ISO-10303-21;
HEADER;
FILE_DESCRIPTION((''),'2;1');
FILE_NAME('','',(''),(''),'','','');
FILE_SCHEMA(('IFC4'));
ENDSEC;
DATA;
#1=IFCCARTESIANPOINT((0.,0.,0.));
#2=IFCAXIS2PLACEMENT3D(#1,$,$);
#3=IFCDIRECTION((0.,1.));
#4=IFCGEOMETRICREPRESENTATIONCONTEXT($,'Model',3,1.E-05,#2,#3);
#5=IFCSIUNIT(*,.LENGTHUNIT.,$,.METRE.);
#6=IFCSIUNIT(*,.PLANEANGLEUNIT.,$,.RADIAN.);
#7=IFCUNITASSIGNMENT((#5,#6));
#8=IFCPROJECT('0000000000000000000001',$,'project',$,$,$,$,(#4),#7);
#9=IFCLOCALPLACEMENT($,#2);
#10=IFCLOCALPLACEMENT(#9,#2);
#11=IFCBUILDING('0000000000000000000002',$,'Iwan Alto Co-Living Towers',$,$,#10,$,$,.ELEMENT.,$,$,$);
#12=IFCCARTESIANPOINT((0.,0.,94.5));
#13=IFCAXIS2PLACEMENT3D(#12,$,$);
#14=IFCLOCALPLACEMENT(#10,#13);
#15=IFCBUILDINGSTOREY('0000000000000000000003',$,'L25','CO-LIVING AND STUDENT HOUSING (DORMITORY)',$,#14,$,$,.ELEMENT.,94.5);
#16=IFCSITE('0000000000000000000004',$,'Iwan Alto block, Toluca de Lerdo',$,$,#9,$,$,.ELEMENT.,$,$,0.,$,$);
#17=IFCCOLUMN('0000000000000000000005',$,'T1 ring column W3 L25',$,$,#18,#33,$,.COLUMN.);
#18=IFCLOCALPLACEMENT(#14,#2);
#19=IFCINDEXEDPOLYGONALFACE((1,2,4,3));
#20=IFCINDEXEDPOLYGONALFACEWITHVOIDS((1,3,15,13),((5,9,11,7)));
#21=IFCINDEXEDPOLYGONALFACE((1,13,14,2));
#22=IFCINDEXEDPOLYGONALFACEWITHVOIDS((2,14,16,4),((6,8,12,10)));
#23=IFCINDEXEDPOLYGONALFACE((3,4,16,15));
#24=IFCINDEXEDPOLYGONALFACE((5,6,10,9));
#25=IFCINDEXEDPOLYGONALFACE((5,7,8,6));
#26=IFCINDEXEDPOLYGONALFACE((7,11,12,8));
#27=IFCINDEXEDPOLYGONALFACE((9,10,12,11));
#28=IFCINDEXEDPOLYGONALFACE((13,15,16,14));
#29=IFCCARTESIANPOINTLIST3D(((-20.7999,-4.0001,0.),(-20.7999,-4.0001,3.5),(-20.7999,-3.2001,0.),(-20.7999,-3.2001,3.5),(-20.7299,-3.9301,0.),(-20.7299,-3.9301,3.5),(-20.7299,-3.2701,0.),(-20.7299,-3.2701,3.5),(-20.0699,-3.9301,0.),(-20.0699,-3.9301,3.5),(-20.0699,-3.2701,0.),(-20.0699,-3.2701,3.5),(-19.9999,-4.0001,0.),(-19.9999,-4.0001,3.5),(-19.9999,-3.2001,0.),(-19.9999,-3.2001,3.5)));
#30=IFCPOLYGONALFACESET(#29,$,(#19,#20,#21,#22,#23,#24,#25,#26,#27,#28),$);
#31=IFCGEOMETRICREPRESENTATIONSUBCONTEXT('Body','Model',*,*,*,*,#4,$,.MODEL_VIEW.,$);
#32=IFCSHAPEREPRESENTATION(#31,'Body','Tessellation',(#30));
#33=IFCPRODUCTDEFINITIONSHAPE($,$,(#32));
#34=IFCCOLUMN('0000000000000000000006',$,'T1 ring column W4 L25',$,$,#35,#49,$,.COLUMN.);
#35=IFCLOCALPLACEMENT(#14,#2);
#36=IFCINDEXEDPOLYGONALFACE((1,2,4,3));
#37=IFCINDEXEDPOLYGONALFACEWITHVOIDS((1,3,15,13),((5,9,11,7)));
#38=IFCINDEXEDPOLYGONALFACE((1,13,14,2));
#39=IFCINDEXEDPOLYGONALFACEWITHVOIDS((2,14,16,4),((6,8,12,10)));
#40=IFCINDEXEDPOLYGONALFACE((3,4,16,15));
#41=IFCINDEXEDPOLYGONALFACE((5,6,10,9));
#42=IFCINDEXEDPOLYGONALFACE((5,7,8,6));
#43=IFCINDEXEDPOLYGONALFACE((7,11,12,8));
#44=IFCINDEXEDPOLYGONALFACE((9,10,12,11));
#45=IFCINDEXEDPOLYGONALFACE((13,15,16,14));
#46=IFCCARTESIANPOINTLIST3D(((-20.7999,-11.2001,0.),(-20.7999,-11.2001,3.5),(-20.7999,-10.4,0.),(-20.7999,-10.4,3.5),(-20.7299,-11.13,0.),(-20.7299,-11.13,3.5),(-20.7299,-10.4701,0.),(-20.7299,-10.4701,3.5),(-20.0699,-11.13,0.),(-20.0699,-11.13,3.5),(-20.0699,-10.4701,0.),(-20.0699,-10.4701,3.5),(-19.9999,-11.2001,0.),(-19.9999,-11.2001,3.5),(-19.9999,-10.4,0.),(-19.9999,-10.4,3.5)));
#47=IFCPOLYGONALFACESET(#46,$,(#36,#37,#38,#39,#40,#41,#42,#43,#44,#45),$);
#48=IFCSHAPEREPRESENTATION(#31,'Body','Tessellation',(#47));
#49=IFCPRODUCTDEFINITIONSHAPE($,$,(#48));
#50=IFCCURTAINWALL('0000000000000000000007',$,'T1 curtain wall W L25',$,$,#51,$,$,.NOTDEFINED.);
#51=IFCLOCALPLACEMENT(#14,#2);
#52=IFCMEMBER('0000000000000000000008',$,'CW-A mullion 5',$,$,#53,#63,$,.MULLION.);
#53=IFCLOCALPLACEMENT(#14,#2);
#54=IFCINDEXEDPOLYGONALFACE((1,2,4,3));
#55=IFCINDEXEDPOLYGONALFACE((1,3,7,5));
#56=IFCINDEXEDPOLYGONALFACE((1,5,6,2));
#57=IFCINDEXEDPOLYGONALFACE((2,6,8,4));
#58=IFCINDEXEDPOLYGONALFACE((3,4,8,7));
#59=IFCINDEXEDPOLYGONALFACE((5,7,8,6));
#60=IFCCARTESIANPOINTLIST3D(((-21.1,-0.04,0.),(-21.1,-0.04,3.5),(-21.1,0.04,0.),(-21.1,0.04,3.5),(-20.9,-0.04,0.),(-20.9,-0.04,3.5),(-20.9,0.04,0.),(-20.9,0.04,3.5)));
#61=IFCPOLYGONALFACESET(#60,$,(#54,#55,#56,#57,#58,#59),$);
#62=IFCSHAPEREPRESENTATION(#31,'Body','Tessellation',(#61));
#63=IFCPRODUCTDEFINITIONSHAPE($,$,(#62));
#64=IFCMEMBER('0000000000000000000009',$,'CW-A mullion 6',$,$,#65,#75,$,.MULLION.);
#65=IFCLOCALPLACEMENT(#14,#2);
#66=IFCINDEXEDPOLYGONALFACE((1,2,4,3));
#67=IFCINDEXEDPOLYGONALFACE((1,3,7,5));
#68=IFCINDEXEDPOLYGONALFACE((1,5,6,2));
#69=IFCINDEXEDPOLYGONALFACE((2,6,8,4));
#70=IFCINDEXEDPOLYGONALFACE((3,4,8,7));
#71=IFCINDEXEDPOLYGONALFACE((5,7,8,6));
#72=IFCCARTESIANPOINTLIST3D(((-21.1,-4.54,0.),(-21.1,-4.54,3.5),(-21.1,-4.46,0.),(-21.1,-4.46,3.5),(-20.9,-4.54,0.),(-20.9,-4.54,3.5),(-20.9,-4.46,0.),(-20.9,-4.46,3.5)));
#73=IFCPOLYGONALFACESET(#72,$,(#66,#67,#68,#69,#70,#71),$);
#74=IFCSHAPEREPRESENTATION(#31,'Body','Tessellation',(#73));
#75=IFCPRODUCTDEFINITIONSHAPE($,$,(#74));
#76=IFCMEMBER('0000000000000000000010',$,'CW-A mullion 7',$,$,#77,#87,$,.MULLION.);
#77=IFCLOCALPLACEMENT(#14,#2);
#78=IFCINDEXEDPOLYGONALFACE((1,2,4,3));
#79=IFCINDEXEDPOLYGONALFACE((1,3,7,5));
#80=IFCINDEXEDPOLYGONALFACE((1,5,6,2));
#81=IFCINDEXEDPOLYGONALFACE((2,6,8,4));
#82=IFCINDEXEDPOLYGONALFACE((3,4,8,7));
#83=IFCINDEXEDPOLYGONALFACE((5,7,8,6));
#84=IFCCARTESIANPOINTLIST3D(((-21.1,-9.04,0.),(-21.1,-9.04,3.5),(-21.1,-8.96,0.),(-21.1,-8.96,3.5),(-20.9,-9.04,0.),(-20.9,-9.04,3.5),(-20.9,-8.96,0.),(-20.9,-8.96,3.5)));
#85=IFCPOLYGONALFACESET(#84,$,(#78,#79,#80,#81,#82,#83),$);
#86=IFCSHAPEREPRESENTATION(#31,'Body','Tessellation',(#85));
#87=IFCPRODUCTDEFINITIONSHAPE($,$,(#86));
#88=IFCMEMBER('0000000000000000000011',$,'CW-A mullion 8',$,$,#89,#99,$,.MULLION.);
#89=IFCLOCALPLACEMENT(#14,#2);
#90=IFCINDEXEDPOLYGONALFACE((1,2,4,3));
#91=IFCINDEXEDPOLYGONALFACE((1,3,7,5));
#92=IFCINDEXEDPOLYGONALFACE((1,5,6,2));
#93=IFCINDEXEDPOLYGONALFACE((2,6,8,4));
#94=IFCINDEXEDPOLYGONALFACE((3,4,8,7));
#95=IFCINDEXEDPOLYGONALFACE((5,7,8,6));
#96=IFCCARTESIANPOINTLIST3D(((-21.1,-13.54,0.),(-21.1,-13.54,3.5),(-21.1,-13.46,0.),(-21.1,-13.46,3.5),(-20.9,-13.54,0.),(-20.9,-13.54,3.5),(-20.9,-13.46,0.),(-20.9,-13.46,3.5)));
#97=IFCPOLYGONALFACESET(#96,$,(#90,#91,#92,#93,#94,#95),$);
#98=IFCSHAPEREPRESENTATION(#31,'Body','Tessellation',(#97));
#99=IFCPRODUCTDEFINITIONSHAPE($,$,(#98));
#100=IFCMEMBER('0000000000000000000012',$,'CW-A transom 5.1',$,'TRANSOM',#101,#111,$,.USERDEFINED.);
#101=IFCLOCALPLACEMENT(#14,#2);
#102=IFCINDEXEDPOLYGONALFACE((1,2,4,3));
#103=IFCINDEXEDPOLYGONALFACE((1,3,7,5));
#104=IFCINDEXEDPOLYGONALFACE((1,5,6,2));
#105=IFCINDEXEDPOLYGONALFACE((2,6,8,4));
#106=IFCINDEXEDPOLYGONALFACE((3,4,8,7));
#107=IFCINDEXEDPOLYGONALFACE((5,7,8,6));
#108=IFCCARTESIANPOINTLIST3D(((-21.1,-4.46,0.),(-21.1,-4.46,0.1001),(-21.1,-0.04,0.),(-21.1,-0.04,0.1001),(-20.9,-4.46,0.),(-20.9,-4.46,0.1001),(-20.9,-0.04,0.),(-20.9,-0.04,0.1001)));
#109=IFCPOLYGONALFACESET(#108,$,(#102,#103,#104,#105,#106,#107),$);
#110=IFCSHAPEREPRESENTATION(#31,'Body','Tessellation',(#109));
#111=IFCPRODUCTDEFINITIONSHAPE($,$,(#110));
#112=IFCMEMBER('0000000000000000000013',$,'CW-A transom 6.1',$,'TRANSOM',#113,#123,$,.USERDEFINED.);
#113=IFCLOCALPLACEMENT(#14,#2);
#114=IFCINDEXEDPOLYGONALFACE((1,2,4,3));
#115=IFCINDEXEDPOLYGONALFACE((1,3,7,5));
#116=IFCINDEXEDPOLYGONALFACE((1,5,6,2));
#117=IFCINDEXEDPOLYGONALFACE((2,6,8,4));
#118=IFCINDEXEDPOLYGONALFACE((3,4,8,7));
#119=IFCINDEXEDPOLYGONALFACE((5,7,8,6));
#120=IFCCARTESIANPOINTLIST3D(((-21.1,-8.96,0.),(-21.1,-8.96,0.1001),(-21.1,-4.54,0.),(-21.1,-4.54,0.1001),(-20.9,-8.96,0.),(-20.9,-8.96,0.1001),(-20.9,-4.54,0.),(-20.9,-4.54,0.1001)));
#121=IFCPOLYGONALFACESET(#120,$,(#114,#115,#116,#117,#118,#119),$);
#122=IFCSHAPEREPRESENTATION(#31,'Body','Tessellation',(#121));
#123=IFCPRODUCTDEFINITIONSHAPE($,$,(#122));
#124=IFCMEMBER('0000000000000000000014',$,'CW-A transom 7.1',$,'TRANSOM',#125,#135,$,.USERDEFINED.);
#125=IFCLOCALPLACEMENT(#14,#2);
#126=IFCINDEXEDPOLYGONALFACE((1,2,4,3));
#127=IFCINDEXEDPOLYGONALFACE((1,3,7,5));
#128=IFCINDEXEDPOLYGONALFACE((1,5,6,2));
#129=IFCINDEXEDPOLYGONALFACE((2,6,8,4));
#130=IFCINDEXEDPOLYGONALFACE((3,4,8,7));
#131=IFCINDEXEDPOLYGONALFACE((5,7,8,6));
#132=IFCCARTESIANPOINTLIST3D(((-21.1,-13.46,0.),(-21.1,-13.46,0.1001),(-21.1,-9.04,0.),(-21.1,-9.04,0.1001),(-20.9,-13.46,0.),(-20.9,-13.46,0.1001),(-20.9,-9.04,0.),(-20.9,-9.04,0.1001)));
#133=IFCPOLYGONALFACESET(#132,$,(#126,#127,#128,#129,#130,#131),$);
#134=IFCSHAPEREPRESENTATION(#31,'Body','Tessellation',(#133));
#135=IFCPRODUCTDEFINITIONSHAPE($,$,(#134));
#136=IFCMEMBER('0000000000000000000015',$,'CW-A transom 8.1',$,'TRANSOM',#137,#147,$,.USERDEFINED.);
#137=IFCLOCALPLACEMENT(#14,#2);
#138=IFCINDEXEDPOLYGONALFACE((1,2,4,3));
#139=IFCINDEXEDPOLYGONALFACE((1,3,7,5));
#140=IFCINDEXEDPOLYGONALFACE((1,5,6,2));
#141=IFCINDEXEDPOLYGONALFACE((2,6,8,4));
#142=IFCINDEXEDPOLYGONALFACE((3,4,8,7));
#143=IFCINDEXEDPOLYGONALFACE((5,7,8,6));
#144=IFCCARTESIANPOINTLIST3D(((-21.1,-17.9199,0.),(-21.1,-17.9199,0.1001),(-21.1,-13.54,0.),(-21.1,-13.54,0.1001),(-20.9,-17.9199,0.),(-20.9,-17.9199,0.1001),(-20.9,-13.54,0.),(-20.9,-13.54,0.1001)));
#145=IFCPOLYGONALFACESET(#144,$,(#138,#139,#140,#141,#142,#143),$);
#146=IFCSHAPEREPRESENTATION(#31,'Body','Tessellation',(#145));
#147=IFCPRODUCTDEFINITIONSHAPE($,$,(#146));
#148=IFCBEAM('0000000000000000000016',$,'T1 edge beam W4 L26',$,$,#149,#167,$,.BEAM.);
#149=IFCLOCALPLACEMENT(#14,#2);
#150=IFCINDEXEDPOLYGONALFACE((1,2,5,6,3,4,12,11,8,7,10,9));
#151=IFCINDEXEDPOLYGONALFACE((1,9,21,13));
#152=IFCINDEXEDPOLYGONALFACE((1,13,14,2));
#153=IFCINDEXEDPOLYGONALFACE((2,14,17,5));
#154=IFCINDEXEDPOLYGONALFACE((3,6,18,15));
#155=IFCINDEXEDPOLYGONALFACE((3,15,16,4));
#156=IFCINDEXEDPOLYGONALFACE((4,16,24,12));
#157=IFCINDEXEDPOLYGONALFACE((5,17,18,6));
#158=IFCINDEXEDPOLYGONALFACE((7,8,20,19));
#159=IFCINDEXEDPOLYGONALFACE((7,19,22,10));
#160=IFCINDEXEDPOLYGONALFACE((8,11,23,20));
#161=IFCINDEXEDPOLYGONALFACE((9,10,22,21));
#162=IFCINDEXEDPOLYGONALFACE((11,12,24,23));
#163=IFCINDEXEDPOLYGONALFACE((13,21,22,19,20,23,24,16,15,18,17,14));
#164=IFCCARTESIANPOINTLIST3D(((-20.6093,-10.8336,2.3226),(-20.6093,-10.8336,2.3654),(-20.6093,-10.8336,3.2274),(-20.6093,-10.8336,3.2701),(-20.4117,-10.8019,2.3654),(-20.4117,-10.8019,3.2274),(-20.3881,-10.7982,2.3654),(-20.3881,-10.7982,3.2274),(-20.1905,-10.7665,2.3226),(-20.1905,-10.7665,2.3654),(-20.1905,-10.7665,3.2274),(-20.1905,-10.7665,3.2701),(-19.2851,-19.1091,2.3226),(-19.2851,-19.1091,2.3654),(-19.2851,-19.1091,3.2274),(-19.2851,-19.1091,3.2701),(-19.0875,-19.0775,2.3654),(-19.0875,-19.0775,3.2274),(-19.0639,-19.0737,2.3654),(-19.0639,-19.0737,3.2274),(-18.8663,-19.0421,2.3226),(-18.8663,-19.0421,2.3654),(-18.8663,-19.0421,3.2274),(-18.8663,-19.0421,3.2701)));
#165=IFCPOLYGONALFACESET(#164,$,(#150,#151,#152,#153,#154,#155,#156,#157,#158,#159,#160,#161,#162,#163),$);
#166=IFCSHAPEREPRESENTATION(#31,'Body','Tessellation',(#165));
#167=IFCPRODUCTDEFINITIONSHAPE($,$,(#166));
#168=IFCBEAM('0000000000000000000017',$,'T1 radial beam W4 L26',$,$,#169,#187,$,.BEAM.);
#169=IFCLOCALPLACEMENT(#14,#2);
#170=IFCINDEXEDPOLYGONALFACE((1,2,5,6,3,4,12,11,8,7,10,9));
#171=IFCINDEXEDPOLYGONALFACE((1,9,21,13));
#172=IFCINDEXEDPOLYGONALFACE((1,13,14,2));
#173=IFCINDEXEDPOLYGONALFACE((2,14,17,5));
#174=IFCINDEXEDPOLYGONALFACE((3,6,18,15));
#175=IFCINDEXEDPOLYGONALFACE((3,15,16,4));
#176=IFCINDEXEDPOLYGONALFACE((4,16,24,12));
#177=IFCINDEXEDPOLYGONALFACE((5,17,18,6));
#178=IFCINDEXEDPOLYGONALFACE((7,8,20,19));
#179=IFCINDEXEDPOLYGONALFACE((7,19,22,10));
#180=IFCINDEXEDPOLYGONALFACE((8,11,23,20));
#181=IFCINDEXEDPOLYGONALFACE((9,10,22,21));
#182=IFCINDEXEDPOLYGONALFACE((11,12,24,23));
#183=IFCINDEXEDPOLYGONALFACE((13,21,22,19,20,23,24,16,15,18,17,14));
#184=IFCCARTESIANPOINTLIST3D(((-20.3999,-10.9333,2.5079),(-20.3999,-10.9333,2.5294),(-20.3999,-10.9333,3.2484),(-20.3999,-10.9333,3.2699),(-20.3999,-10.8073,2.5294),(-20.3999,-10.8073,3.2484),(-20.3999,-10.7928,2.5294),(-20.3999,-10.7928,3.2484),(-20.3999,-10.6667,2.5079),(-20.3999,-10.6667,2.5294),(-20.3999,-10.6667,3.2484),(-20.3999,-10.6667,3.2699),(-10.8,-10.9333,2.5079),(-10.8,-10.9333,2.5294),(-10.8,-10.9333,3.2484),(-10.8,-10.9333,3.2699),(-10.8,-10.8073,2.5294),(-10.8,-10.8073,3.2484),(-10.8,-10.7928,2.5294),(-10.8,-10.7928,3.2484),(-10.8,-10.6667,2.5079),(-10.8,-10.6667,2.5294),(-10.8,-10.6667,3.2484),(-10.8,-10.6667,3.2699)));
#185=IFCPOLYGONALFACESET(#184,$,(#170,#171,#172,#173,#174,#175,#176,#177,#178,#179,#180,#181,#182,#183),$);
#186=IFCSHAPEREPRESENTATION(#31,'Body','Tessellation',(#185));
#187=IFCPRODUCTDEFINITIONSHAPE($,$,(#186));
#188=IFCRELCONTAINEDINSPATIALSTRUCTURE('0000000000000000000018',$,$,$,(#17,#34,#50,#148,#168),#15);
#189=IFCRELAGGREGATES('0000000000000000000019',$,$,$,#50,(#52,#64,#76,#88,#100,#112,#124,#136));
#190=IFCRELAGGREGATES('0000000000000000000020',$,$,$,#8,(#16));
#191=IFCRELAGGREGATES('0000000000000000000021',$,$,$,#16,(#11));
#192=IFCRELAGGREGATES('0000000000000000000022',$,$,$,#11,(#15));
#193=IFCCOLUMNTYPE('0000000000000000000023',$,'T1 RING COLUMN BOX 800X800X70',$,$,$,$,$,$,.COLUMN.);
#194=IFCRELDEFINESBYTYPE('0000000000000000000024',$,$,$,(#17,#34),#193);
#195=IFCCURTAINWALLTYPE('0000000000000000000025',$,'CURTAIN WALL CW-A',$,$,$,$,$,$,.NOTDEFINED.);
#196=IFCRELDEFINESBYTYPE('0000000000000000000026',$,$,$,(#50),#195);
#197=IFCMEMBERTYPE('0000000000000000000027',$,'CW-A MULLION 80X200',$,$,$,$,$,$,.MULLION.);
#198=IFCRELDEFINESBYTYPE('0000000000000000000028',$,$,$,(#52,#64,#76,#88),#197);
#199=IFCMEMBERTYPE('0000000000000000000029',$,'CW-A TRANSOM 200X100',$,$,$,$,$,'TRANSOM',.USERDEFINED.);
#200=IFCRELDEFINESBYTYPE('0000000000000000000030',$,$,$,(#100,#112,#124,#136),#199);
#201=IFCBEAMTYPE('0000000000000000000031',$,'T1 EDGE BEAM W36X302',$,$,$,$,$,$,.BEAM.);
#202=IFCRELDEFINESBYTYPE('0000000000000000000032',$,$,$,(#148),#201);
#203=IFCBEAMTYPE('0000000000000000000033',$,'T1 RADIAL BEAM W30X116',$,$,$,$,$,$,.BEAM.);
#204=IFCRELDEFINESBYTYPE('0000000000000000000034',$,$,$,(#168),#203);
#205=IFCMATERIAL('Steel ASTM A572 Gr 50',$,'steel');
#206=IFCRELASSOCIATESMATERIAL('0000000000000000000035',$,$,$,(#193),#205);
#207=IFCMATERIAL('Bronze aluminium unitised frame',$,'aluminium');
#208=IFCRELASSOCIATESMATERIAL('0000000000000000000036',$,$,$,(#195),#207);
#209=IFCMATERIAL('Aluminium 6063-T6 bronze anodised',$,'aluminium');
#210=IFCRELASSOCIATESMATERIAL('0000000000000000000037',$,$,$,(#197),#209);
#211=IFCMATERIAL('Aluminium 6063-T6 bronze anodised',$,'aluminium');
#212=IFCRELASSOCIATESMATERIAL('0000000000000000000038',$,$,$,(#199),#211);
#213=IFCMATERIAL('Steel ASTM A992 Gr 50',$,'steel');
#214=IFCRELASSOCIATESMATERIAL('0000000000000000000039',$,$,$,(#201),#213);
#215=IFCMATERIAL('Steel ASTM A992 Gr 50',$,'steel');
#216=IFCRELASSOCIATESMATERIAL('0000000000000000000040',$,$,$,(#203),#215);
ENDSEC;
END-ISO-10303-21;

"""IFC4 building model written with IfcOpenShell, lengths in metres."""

from ifc_helpers import new_model, si_unit, direction, frame, origin, origin_2d, place, context, subcontext, project, spatial, rectangle, hollow_rectangle, i_section, extrude, material, material_profile, profile_set, type_object, element, aggregate, save


model = new_model("IFC4")

# Units and contexts
model_context = context("Model", 3, precision=1e-05, world=origin(), true_north=direction((0.0, 1.0)))
body_context = subcontext(model_context, "Body", "Model", "MODEL_VIEW")
ifc_project = project(units=[si_unit("LENGTHUNIT", "METRE"), si_unit("PLANEANGLEUNIT", "RADIAN")], contexts=[model_context])

# Site, building, storey
site_placement = place(None, origin())
site = spatial("IfcSite", under=ifc_project, at=site_placement, Name="Iwan Alto block, Toluca de Lerdo", CompositionType="ELEMENT", RefElevation=0.0)
building_placement = place(site_placement, origin())
building = spatial("IfcBuilding", under=site, at=building_placement, Name="Iwan Alto Co-Living Towers", CompositionType="ELEMENT")
storey_placement = place(building_placement, frame((0.0, 0.0, 94.5)))
storey = spatial("IfcBuildingStorey", under=building, at=storey_placement, Name="L25", Description="CO-LIVING AND STUDENT HOUSING (DORMITORY)", CompositionType="ELEMENT", Elevation=94.5)

# Columns
ifc_material_1 = material(Name="Steel ASTM A572 Gr 50", Category="steel")
ifc_material_profile_1 = material_profile(ifc_material_1, hollow_rectangle(XDim=0.8, YDim=0.8, WallThickness=0.0701, at=origin_2d()), Name="BOX 800X800X70")
ifc_profile_set_1 = profile_set([ifc_material_profile_1], Name="Steel ASTM A572 Gr 50")
column_type = type_object("IfcColumnType", Name="T1 RING COLUMN BOX 800X800X70", PredefinedType="COLUMN", material=ifc_profile_set_1)
for number, where, z_axis, x_axis, name in (
    (1, (-20.3999, -3.6001, 0.0), (0.0, 0.0, 1.0), (1.0, 0.0, 0.0), "T1 ring column W3 L25"),
    (2, (-20.3999, -10.8, 0.0), (0.0, 0.0, 1.0), (1.0, 0.0, 0.0), "T1 ring column W4 L25"),
):
    element("IfcColumn", number, at=place(storey_placement, frame(where, z_axis=z_axis, x_axis=x_axis)), inside=storey, type_object=column_type, Name=name, PredefinedType="COLUMN", context=body_context, shape_type="SweptSolid", body=[
        extrude(hollow_rectangle(XDim=0.8, YDim=0.8, WallThickness=0.0701, at=origin_2d()), origin(), (0.0, 0.0, 1.0), 3.5),
    ])

# Curtain wall, members
ifc_material_2 = material(Name="Bronze aluminium unitised frame", Category="aluminium")
curtain_wall_type = type_object("IfcCurtainWallType", Name="CURTAIN WALL CW-A", PredefinedType="NOTDEFINED", material=ifc_material_2)
curtain_wall_placement = place(storey_placement, origin())
curtain_wall = element("IfcCurtainWall", 3, at=curtain_wall_placement, inside=storey, type_object=curtain_wall_type, Name="T1 curtain wall W L25", PredefinedType="NOTDEFINED")
ifc_material_3 = material(Name="Aluminium 6063-T6 bronze anodised", Category="aluminium")
ifc_material_profile_2 = material_profile(ifc_material_3, rectangle(XDim=0.2, YDim=0.0801, at=origin_2d()), Name="AL 80X200")
ifc_profile_set_2 = profile_set([ifc_material_profile_2], Name="Aluminium 6063-T6 bronze anodised")
member_type_1 = type_object("IfcMemberType", Name="CW-A MULLION 80X200", PredefinedType="MULLION", material=ifc_profile_set_2)
member_1_placement = place(storey_placement, frame((-21.0, 0.0, 0.0), z_axis=(0.0, 0.0, 1.0), x_axis=(1.0, 0.0, 0.0)))
member_1 = element("IfcMember", 4, at=member_1_placement, type_object=member_type_1, Name="CW-A mullion 5", PredefinedType="MULLION", context=body_context, shape_type="SweptSolid", body=[
    extrude(rectangle(XDim=0.2, YDim=0.0801, at=origin_2d()), origin(), (0.0, 0.0, 1.0), 3.5),
])
member_2_placement = place(storey_placement, frame((-21.0, -4.5, 0.0), z_axis=(0.0, 0.0, 1.0), x_axis=(1.0, 0.0, 0.0)))
member_2 = element("IfcMember", 5, at=member_2_placement, type_object=member_type_1, Name="CW-A mullion 6", PredefinedType="MULLION", context=body_context, shape_type="SweptSolid", body=[
    extrude(rectangle(XDim=0.2, YDim=0.0801, at=origin_2d()), origin(), (0.0, 0.0, 1.0), 3.5),
])
member_3_placement = place(storey_placement, frame((-21.0, -9.0, 0.0), z_axis=(0.0, 0.0, 1.0), x_axis=(1.0, 0.0, 0.0)))
member_3 = element("IfcMember", 6, at=member_3_placement, type_object=member_type_1, Name="CW-A mullion 7", PredefinedType="MULLION", context=body_context, shape_type="SweptSolid", body=[
    extrude(rectangle(XDim=0.2, YDim=0.0801, at=origin_2d()), origin(), (0.0, 0.0, 1.0), 3.5),
])
member_4_placement = place(storey_placement, frame((-21.0, -13.5, 0.0), z_axis=(0.0, 0.0, 1.0), x_axis=(1.0, 0.0, 0.0)))
member_4 = element("IfcMember", 7, at=member_4_placement, type_object=member_type_1, Name="CW-A mullion 8", PredefinedType="MULLION", context=body_context, shape_type="SweptSolid", body=[
    extrude(rectangle(XDim=0.2, YDim=0.0801, at=origin_2d()), origin(), (0.0, 0.0, 1.0), 3.5),
])
ifc_material_4 = material(Name="Aluminium 6063-T6 bronze anodised", Category="aluminium")
ifc_material_profile_3 = material_profile(ifc_material_4, rectangle(XDim=0.2, YDim=0.1001, at=origin_2d()), Name="AL 200X100")
ifc_profile_set_3 = profile_set([ifc_material_profile_3], Name="Aluminium 6063-T6 bronze anodised")
member_type_2 = type_object("IfcMemberType", Name="CW-A TRANSOM 200X100", ElementType="TRANSOM", PredefinedType="USERDEFINED", material=ifc_profile_set_3)
member_5_placement = place(storey_placement, frame((-21.0, -0.04, 0.05), z_axis=(0.0, -1.0, 0.0), x_axis=(1.0, 0.0, 0.0)))
member_5 = element("IfcMember", 8, at=member_5_placement, type_object=member_type_2, Name="CW-A transom 5.1", ObjectType="TRANSOM", PredefinedType="USERDEFINED", context=body_context, shape_type="SweptSolid", body=[
    extrude(rectangle(XDim=0.2, YDim=0.1001, at=origin_2d()), origin(), (0.0, 0.0, 1.0), 4.4199),
])
member_6_placement = place(storey_placement, frame((-21.0, -4.54, 0.05), z_axis=(0.0, -1.0, 0.0), x_axis=(1.0, 0.0, 0.0)))
member_6 = element("IfcMember", 9, at=member_6_placement, type_object=member_type_2, Name="CW-A transom 6.1", ObjectType="TRANSOM", PredefinedType="USERDEFINED", context=body_context, shape_type="SweptSolid", body=[
    extrude(rectangle(XDim=0.2, YDim=0.1001, at=origin_2d()), origin(), (0.0, 0.0, 1.0), 4.4199),
])
member_7_placement = place(storey_placement, frame((-21.0, -9.04, 0.05), z_axis=(0.0, -1.0, 0.0), x_axis=(1.0, 0.0, 0.0)))
member_7 = element("IfcMember", 10, at=member_7_placement, type_object=member_type_2, Name="CW-A transom 7.1", ObjectType="TRANSOM", PredefinedType="USERDEFINED", context=body_context, shape_type="SweptSolid", body=[
    extrude(rectangle(XDim=0.2, YDim=0.1001, at=origin_2d()), origin(), (0.0, 0.0, 1.0), 4.4199),
])
member_8_placement = place(storey_placement, frame((-21.0, -13.54, 0.05), z_axis=(0.0, -1.0, 0.0), x_axis=(1.0, 0.0, 0.0)))
member_8 = element("IfcMember", 11, at=member_8_placement, type_object=member_type_2, Name="CW-A transom 8.1", ObjectType="TRANSOM", PredefinedType="USERDEFINED", context=body_context, shape_type="SweptSolid", body=[
    extrude(rectangle(XDim=0.2, YDim=0.1001, at=origin_2d()), origin(), (0.0, 0.0, 1.0), 4.3799),
])

# Beams
ifc_material_5 = material(Name="Steel ASTM A992 Gr 50", Category="steel")
ifc_material_profile_4 = material_profile(ifc_material_5, i_section(OverallWidth=0.4241, OverallDepth=0.9475, WebThickness=0.0239, FlangeThickness=0.0427, at=origin_2d()), Name="W36X302")
ifc_profile_set_4 = profile_set([ifc_material_profile_4], Name="Steel ASTM A992 Gr 50")
beam_type_1 = type_object("IfcBeamType", Name="T1 EDGE BEAM W36X302", PredefinedType="BEAM", material=ifc_profile_set_4)
beam_1_placement = place(storey_placement, frame((-20.3999, -10.8, 2.7964), z_axis=(0.158004, -0.987438, 0.0), x_axis=(0.987438, 0.158004, 0.0)))
element("IfcBeam", 12, at=beam_1_placement, inside=storey, type_object=beam_type_1, Name="T1 edge beam W4 L26", PredefinedType="BEAM", context=body_context, shape_type="SweptSolid", body=[
    extrude(i_section(OverallWidth=0.4241, OverallDepth=0.9475, WebThickness=0.0239, FlangeThickness=0.0427, at=origin_2d()), origin(), (0.0, 0.0, 1.0), 8.3809),
])
ifc_material_6 = material(Name="Steel ASTM A992 Gr 50", Category="steel")
ifc_material_profile_5 = material_profile(ifc_material_6, i_section(OverallWidth=0.2666, OverallDepth=0.762, WebThickness=0.0144, FlangeThickness=0.0215, at=origin_2d()), Name="W30X116")
ifc_profile_set_5 = profile_set([ifc_material_profile_5], Name="Steel ASTM A992 Gr 50")
beam_type_2 = type_object("IfcBeamType", Name="T1 RADIAL BEAM W30X116", PredefinedType="BEAM", material=ifc_profile_set_5)
beam_2_placement = place(storey_placement, frame((-20.3999, -10.8, 2.8889), z_axis=(1.0, 0.0, 0.0), x_axis=(0.0, 1.0, 0.0)))
element("IfcBeam", 13, at=beam_2_placement, inside=storey, type_object=beam_type_2, Name="T1 radial beam W4 L26", PredefinedType="BEAM", context=body_context, shape_type="SweptSolid", body=[
    extrude(i_section(OverallWidth=0.2666, OverallDepth=0.762, WebThickness=0.0144, FlangeThickness=0.0215, at=origin_2d()), origin(), (0.0, 0.0, 1.0), 9.5999),
])

aggregate(curtain_wall, [member_1, member_2, member_3, member_4, member_5, member_6, member_7, member_8])

save(model, "model.ifc")
